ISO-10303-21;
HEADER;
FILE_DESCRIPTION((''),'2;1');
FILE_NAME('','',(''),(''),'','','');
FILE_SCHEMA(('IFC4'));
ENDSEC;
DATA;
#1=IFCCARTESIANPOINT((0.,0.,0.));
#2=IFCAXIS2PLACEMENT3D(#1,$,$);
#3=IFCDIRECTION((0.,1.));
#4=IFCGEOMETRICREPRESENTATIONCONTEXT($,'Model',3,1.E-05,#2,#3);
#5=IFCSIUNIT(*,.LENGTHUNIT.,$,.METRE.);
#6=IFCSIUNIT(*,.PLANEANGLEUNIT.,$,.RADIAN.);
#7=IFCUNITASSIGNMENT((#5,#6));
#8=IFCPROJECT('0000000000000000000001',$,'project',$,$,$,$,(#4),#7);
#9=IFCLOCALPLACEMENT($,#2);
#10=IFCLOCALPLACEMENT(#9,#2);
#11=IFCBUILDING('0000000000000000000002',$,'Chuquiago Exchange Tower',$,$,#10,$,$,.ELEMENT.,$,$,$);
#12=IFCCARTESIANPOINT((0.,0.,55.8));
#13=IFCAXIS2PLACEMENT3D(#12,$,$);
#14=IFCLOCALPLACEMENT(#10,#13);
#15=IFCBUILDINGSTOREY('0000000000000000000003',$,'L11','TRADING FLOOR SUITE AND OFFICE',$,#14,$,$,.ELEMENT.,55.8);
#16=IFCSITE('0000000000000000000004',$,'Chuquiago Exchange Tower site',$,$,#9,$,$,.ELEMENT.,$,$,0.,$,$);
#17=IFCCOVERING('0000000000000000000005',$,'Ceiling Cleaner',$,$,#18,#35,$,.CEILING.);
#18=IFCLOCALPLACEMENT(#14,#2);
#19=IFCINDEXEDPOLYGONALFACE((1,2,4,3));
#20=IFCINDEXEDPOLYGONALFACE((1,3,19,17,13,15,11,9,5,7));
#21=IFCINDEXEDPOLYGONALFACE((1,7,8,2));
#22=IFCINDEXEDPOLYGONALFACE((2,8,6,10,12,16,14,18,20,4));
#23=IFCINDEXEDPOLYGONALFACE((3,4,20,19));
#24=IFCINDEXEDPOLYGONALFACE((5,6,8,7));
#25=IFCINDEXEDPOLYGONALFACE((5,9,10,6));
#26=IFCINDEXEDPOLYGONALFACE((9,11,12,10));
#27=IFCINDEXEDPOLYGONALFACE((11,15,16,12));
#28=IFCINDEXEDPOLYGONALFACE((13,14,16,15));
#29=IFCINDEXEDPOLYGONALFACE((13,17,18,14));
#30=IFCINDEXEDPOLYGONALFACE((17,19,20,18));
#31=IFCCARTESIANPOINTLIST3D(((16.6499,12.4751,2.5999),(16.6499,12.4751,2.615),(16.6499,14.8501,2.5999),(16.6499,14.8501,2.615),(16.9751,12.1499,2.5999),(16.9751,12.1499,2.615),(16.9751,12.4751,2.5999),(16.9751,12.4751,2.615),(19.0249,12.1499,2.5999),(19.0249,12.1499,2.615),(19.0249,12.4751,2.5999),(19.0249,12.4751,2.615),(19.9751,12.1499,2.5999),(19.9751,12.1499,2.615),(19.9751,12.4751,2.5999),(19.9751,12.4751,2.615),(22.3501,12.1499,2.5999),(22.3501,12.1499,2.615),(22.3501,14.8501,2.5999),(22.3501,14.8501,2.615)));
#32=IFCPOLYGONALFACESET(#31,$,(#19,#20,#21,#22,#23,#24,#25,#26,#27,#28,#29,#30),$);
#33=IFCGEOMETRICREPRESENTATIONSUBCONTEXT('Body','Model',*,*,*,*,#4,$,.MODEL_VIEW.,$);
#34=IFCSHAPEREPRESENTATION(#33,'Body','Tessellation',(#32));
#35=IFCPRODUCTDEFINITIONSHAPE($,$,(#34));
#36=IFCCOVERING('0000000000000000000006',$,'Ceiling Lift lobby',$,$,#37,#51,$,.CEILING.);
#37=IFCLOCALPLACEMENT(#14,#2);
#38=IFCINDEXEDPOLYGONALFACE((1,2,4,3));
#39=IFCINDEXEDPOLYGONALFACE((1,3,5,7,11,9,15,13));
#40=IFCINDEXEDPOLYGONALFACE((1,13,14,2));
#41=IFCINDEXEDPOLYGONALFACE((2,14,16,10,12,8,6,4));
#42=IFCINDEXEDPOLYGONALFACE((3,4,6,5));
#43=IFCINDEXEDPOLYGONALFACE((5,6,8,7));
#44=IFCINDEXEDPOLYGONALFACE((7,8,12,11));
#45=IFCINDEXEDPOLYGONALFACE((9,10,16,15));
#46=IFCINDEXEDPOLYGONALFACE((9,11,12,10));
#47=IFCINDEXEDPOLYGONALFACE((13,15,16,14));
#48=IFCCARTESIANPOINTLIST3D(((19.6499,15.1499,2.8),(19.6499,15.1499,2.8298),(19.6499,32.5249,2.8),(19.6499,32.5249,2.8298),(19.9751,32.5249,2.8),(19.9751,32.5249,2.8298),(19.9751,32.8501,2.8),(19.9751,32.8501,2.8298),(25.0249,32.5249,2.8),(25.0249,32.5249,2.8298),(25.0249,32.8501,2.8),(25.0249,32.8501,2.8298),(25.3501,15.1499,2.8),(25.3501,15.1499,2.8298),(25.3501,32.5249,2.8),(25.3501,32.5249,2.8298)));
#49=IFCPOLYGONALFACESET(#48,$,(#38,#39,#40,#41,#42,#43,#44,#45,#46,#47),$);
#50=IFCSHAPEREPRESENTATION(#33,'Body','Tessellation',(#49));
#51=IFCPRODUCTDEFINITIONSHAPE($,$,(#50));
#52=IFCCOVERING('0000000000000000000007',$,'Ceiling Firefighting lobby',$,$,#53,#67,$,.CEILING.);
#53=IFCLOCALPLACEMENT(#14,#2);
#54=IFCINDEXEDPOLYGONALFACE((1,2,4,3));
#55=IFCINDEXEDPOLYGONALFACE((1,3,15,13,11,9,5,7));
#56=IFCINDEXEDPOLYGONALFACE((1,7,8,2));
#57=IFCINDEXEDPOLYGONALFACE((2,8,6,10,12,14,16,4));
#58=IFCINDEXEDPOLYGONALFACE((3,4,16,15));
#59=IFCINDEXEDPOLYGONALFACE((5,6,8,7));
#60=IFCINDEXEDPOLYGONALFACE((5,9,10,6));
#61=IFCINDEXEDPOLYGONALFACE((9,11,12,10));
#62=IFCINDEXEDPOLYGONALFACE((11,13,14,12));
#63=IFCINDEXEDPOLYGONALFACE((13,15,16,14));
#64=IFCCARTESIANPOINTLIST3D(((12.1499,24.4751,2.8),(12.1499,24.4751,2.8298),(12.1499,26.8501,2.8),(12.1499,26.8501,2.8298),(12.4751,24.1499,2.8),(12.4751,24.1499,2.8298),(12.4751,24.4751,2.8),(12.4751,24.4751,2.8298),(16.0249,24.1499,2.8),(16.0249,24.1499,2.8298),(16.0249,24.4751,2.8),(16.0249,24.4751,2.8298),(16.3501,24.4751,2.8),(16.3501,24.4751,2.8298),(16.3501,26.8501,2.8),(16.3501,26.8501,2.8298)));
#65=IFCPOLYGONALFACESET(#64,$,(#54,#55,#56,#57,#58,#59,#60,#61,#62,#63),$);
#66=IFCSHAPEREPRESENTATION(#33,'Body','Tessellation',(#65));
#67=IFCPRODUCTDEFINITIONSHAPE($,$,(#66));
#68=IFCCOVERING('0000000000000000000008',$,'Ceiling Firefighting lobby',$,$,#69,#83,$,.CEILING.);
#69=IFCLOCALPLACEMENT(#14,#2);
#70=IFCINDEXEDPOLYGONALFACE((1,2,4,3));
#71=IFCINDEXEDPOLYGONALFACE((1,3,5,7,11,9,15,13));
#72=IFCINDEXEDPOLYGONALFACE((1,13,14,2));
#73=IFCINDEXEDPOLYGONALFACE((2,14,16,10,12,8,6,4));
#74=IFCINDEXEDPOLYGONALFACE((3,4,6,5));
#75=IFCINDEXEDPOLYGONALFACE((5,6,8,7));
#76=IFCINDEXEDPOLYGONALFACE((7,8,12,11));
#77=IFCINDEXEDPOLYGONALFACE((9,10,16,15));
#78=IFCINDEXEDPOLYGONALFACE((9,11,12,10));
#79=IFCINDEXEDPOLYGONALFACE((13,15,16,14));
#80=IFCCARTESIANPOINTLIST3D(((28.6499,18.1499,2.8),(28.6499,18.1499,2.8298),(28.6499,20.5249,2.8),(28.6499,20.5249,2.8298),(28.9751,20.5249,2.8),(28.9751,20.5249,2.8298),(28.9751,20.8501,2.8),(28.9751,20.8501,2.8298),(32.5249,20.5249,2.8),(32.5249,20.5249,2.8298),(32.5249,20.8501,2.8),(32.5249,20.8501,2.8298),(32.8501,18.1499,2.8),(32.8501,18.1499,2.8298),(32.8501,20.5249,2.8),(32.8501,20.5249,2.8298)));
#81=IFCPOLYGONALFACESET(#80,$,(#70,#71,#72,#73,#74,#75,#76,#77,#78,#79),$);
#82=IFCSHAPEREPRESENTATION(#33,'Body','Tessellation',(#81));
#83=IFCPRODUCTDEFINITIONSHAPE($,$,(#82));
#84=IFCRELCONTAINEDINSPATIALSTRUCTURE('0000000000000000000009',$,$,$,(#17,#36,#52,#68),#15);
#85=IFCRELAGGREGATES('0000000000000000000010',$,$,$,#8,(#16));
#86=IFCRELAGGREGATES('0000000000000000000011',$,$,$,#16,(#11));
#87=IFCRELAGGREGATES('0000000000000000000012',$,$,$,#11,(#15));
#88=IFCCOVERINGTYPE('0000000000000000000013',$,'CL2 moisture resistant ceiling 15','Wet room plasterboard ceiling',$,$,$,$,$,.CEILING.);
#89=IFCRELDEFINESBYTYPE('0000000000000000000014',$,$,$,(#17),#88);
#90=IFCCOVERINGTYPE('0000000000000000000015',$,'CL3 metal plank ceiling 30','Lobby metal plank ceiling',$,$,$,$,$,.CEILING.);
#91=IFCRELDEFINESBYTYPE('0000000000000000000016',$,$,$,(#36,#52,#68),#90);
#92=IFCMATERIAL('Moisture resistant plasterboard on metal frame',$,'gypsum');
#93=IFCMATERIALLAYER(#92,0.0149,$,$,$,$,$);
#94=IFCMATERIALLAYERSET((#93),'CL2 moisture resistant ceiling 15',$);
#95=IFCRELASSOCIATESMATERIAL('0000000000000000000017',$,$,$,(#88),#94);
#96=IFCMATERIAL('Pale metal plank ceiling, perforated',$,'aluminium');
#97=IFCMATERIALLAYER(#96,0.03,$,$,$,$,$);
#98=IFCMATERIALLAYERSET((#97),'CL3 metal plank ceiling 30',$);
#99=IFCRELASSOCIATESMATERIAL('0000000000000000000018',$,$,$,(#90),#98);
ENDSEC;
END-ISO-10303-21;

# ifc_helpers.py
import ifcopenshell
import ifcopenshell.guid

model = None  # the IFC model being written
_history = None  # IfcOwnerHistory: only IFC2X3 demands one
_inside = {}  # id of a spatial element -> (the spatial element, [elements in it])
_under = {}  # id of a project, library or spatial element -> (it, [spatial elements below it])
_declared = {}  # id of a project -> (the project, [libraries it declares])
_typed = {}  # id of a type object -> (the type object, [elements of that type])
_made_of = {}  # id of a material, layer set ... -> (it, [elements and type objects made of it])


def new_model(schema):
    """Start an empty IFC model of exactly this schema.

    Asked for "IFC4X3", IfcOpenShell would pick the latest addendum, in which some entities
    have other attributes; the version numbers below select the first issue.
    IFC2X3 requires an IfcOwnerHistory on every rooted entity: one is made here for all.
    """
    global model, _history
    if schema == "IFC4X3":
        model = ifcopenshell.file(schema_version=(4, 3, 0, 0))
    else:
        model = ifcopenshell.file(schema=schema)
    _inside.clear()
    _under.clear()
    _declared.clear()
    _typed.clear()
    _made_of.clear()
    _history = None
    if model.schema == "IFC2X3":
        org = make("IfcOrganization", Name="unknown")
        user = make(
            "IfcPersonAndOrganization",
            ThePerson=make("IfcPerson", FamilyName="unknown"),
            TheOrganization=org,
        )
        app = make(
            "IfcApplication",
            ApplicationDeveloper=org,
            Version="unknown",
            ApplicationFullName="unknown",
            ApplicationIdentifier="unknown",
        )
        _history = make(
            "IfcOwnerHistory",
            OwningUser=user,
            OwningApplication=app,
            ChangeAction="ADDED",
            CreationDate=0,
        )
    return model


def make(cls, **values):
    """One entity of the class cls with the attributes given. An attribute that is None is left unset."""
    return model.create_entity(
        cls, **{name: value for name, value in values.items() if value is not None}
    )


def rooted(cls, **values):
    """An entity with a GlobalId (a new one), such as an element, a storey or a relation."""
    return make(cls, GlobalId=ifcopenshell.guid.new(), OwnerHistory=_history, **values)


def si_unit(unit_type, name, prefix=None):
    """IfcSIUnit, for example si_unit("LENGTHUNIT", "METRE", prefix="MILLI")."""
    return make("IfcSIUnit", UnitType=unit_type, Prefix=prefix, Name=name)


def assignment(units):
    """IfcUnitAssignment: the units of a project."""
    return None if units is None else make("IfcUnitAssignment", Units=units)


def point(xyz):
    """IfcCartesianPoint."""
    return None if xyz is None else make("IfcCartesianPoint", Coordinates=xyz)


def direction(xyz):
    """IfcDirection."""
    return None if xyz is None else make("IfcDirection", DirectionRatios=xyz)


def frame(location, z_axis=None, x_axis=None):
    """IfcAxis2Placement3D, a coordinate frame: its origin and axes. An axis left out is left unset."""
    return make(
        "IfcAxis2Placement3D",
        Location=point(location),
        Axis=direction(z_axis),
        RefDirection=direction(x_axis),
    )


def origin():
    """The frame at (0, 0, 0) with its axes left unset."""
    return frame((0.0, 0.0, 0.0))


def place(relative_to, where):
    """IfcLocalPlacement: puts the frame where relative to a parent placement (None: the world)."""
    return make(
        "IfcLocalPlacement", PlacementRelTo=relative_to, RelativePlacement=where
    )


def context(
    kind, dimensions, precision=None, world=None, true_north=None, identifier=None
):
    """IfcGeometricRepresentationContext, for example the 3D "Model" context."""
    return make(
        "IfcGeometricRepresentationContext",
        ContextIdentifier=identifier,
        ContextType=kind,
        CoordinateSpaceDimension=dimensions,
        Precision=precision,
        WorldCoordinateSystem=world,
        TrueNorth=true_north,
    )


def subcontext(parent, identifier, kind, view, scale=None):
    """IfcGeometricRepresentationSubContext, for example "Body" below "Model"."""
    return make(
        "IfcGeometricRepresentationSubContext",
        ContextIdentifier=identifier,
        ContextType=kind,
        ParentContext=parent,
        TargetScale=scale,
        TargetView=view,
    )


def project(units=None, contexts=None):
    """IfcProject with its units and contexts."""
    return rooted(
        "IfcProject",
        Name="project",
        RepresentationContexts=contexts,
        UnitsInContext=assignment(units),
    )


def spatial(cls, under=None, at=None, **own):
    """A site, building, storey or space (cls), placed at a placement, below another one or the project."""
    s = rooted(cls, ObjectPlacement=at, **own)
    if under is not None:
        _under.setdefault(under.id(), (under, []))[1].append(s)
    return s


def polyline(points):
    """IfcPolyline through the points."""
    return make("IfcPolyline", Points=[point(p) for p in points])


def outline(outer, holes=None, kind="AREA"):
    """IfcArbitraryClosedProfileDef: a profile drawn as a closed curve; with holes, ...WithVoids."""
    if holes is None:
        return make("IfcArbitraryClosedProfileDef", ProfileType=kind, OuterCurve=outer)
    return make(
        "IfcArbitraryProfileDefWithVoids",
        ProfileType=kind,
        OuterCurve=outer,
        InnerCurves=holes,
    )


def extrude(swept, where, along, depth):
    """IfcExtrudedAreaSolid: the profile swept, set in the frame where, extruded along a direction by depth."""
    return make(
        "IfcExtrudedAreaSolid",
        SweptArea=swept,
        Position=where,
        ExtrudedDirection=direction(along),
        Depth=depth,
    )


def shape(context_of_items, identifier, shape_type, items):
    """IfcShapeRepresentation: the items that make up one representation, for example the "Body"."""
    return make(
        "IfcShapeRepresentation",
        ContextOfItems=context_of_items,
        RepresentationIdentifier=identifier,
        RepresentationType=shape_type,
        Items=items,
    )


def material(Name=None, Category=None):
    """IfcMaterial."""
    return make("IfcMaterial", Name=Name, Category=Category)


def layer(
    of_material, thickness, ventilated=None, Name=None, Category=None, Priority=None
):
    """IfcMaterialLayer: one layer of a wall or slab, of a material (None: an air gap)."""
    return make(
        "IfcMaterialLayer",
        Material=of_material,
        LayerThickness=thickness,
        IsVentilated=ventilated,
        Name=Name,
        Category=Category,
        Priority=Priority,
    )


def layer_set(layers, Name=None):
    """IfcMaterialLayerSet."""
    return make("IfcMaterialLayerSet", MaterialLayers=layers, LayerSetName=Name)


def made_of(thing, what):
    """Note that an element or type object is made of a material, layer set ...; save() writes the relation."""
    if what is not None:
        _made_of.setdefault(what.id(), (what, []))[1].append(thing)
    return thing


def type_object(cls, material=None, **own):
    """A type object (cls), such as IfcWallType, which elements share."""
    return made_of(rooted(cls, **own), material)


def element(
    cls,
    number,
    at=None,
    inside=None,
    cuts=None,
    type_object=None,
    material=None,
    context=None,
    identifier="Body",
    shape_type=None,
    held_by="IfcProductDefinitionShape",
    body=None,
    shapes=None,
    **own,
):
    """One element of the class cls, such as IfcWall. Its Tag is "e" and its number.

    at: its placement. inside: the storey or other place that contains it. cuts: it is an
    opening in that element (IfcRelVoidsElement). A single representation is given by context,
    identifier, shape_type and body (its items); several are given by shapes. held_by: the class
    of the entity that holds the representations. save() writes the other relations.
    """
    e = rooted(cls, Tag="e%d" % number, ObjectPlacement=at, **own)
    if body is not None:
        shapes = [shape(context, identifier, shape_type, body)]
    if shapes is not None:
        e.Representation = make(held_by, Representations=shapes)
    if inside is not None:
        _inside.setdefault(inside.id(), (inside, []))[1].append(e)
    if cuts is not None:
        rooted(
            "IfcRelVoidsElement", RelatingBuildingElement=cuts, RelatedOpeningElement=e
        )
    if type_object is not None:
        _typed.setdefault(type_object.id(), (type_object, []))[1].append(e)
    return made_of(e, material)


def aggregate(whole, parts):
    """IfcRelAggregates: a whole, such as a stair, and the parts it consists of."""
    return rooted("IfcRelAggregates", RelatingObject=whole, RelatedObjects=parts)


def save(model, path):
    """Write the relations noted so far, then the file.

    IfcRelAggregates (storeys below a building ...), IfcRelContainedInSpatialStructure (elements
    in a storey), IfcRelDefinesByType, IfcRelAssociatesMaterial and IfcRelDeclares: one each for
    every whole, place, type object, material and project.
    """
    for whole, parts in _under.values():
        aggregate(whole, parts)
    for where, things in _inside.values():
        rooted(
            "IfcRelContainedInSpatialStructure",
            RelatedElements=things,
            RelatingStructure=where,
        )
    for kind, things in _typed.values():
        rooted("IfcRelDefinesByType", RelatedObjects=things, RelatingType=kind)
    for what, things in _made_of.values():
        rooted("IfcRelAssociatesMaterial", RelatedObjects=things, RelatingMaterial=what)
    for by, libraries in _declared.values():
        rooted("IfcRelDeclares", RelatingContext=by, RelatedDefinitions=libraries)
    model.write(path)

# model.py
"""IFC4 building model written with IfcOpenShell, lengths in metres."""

from ifc_helpers import new_model, si_unit, direction, frame, origin, place, context, subcontext, project, spatial, polyline, outline, extrude, material, layer, layer_set, type_object, element, save


model = new_model("IFC4")

# Units and contexts
model_context = context("Model", 3, precision=1e-05, world=origin(), true_north=direction((0.0, 1.0)))
body_context = subcontext(model_context, "Body", "Model", "MODEL_VIEW")
ifc_project = project(units=[si_unit("LENGTHUNIT", "METRE"), si_unit("PLANEANGLEUNIT", "RADIAN")], contexts=[model_context])

# Site, building, storey
site_placement = place(None, origin())
site = spatial("IfcSite", under=ifc_project, at=site_placement, Name="Chuquiago Exchange Tower site", CompositionType="ELEMENT", RefElevation=0.0)
building_placement = place(site_placement, origin())
building = spatial("IfcBuilding", under=site, at=building_placement, Name="Chuquiago Exchange Tower", CompositionType="ELEMENT")
storey_placement = place(building_placement, frame((0.0, 0.0, 55.8)))
storey = spatial("IfcBuildingStorey", under=building, at=storey_placement, Name="L11", Description="TRADING FLOOR SUITE AND OFFICE", CompositionType="ELEMENT", Elevation=55.8)

# Coverings
ifc_material_1 = material(Name="Moisture resistant plasterboard on metal frame", Category="gypsum")
ifc_layer_1 = layer(ifc_material_1, 0.0149)
ifc_layer_set_1 = layer_set([ifc_layer_1], Name="CL2 moisture resistant ceiling 15")
covering_type_1 = type_object("IfcCoveringType", Name="CL2 moisture resistant ceiling 15", Description="Wet room plasterboard ceiling", PredefinedType="CEILING", material=ifc_layer_set_1)
covering_1_placement = place(storey_placement, frame((0.0, 0.0, 2.5999)))
element("IfcCovering", 1, at=covering_1_placement, inside=storey, type_object=covering_type_1, Name="Ceiling Cleaner", PredefinedType="CEILING", context=body_context, shape_type="SweptSolid", body=[
    extrude(outline(polyline([(19.9751, 12.1499), (19.9751, 12.4751), (19.0249, 12.4751), (19.0249, 12.1499), (16.9751, 12.1499), (16.9751, 12.4751), (16.6499, 12.4751), (16.6499, 14.8501), (22.3501, 14.8501), (22.3501, 12.1499), (19.9751, 12.1499)])), origin(), (0.0, 0.0, 1.0), 0.0151),
])
ifc_material_2 = material(Name="Pale metal plank ceiling, perforated", Category="aluminium")
ifc_layer_2 = layer(ifc_material_2, 0.03)
ifc_layer_set_2 = layer_set([ifc_layer_2], Name="CL3 metal plank ceiling 30")
covering_type_2 = type_object("IfcCoveringType", Name="CL3 metal plank ceiling 30", Description="Lobby metal plank ceiling", PredefinedType="CEILING", material=ifc_layer_set_2)
covering_2_placement = place(storey_placement, frame((0.0, 0.0, 2.8)))
element("IfcCovering", 2, at=covering_2_placement, inside=storey, type_object=covering_type_2, Name="Ceiling Lift lobby", PredefinedType="CEILING", context=body_context, shape_type="SweptSolid", body=[
    extrude(outline(polyline([(19.6499, 15.1499), (19.6499, 32.5249), (19.9751, 32.5249), (19.9751, 32.8501), (25.0249, 32.8501), (25.0249, 32.5249), (25.3501, 32.5249), (25.3501, 15.1499), (19.6499, 15.1499)])), origin(), (0.0, 0.0, 1.0), 0.0298),
])
covering_3_placement = place(storey_placement, frame((0.0, 0.0, 2.8)))
element("IfcCovering", 3, at=covering_3_placement, inside=storey, type_object=covering_type_2, Name="Ceiling Firefighting lobby", PredefinedType="CEILING", context=body_context, shape_type="SweptSolid", body=[
    extrude(outline(polyline([(12.4751, 24.1499), (12.4751, 24.4751), (12.1499, 24.4751), (12.1499, 26.8501), (16.3501, 26.8501), (16.3501, 24.4751), (16.0249, 24.4751), (16.0249, 24.1499), (12.4751, 24.1499)])), origin(), (0.0, 0.0, 1.0), 0.0298),
])
covering_4_placement = place(storey_placement, frame((0.0, 0.0, 2.8)))
element("IfcCovering", 4, at=covering_4_placement, inside=storey, type_object=covering_type_2, Name="Ceiling Firefighting lobby", PredefinedType="CEILING", context=body_context, shape_type="SweptSolid", body=[
    extrude(outline(polyline([(28.6499, 18.1499), (28.6499, 20.5249), (28.9751, 20.5249), (28.9751, 20.8501), (32.5249, 20.8501), (32.5249, 20.5249), (32.8501, 20.5249), (32.8501, 18.1499), (28.6499, 18.1499)])), origin(), (0.0, 0.0, 1.0), 0.0298),
])

save(model, "model.ifc")
